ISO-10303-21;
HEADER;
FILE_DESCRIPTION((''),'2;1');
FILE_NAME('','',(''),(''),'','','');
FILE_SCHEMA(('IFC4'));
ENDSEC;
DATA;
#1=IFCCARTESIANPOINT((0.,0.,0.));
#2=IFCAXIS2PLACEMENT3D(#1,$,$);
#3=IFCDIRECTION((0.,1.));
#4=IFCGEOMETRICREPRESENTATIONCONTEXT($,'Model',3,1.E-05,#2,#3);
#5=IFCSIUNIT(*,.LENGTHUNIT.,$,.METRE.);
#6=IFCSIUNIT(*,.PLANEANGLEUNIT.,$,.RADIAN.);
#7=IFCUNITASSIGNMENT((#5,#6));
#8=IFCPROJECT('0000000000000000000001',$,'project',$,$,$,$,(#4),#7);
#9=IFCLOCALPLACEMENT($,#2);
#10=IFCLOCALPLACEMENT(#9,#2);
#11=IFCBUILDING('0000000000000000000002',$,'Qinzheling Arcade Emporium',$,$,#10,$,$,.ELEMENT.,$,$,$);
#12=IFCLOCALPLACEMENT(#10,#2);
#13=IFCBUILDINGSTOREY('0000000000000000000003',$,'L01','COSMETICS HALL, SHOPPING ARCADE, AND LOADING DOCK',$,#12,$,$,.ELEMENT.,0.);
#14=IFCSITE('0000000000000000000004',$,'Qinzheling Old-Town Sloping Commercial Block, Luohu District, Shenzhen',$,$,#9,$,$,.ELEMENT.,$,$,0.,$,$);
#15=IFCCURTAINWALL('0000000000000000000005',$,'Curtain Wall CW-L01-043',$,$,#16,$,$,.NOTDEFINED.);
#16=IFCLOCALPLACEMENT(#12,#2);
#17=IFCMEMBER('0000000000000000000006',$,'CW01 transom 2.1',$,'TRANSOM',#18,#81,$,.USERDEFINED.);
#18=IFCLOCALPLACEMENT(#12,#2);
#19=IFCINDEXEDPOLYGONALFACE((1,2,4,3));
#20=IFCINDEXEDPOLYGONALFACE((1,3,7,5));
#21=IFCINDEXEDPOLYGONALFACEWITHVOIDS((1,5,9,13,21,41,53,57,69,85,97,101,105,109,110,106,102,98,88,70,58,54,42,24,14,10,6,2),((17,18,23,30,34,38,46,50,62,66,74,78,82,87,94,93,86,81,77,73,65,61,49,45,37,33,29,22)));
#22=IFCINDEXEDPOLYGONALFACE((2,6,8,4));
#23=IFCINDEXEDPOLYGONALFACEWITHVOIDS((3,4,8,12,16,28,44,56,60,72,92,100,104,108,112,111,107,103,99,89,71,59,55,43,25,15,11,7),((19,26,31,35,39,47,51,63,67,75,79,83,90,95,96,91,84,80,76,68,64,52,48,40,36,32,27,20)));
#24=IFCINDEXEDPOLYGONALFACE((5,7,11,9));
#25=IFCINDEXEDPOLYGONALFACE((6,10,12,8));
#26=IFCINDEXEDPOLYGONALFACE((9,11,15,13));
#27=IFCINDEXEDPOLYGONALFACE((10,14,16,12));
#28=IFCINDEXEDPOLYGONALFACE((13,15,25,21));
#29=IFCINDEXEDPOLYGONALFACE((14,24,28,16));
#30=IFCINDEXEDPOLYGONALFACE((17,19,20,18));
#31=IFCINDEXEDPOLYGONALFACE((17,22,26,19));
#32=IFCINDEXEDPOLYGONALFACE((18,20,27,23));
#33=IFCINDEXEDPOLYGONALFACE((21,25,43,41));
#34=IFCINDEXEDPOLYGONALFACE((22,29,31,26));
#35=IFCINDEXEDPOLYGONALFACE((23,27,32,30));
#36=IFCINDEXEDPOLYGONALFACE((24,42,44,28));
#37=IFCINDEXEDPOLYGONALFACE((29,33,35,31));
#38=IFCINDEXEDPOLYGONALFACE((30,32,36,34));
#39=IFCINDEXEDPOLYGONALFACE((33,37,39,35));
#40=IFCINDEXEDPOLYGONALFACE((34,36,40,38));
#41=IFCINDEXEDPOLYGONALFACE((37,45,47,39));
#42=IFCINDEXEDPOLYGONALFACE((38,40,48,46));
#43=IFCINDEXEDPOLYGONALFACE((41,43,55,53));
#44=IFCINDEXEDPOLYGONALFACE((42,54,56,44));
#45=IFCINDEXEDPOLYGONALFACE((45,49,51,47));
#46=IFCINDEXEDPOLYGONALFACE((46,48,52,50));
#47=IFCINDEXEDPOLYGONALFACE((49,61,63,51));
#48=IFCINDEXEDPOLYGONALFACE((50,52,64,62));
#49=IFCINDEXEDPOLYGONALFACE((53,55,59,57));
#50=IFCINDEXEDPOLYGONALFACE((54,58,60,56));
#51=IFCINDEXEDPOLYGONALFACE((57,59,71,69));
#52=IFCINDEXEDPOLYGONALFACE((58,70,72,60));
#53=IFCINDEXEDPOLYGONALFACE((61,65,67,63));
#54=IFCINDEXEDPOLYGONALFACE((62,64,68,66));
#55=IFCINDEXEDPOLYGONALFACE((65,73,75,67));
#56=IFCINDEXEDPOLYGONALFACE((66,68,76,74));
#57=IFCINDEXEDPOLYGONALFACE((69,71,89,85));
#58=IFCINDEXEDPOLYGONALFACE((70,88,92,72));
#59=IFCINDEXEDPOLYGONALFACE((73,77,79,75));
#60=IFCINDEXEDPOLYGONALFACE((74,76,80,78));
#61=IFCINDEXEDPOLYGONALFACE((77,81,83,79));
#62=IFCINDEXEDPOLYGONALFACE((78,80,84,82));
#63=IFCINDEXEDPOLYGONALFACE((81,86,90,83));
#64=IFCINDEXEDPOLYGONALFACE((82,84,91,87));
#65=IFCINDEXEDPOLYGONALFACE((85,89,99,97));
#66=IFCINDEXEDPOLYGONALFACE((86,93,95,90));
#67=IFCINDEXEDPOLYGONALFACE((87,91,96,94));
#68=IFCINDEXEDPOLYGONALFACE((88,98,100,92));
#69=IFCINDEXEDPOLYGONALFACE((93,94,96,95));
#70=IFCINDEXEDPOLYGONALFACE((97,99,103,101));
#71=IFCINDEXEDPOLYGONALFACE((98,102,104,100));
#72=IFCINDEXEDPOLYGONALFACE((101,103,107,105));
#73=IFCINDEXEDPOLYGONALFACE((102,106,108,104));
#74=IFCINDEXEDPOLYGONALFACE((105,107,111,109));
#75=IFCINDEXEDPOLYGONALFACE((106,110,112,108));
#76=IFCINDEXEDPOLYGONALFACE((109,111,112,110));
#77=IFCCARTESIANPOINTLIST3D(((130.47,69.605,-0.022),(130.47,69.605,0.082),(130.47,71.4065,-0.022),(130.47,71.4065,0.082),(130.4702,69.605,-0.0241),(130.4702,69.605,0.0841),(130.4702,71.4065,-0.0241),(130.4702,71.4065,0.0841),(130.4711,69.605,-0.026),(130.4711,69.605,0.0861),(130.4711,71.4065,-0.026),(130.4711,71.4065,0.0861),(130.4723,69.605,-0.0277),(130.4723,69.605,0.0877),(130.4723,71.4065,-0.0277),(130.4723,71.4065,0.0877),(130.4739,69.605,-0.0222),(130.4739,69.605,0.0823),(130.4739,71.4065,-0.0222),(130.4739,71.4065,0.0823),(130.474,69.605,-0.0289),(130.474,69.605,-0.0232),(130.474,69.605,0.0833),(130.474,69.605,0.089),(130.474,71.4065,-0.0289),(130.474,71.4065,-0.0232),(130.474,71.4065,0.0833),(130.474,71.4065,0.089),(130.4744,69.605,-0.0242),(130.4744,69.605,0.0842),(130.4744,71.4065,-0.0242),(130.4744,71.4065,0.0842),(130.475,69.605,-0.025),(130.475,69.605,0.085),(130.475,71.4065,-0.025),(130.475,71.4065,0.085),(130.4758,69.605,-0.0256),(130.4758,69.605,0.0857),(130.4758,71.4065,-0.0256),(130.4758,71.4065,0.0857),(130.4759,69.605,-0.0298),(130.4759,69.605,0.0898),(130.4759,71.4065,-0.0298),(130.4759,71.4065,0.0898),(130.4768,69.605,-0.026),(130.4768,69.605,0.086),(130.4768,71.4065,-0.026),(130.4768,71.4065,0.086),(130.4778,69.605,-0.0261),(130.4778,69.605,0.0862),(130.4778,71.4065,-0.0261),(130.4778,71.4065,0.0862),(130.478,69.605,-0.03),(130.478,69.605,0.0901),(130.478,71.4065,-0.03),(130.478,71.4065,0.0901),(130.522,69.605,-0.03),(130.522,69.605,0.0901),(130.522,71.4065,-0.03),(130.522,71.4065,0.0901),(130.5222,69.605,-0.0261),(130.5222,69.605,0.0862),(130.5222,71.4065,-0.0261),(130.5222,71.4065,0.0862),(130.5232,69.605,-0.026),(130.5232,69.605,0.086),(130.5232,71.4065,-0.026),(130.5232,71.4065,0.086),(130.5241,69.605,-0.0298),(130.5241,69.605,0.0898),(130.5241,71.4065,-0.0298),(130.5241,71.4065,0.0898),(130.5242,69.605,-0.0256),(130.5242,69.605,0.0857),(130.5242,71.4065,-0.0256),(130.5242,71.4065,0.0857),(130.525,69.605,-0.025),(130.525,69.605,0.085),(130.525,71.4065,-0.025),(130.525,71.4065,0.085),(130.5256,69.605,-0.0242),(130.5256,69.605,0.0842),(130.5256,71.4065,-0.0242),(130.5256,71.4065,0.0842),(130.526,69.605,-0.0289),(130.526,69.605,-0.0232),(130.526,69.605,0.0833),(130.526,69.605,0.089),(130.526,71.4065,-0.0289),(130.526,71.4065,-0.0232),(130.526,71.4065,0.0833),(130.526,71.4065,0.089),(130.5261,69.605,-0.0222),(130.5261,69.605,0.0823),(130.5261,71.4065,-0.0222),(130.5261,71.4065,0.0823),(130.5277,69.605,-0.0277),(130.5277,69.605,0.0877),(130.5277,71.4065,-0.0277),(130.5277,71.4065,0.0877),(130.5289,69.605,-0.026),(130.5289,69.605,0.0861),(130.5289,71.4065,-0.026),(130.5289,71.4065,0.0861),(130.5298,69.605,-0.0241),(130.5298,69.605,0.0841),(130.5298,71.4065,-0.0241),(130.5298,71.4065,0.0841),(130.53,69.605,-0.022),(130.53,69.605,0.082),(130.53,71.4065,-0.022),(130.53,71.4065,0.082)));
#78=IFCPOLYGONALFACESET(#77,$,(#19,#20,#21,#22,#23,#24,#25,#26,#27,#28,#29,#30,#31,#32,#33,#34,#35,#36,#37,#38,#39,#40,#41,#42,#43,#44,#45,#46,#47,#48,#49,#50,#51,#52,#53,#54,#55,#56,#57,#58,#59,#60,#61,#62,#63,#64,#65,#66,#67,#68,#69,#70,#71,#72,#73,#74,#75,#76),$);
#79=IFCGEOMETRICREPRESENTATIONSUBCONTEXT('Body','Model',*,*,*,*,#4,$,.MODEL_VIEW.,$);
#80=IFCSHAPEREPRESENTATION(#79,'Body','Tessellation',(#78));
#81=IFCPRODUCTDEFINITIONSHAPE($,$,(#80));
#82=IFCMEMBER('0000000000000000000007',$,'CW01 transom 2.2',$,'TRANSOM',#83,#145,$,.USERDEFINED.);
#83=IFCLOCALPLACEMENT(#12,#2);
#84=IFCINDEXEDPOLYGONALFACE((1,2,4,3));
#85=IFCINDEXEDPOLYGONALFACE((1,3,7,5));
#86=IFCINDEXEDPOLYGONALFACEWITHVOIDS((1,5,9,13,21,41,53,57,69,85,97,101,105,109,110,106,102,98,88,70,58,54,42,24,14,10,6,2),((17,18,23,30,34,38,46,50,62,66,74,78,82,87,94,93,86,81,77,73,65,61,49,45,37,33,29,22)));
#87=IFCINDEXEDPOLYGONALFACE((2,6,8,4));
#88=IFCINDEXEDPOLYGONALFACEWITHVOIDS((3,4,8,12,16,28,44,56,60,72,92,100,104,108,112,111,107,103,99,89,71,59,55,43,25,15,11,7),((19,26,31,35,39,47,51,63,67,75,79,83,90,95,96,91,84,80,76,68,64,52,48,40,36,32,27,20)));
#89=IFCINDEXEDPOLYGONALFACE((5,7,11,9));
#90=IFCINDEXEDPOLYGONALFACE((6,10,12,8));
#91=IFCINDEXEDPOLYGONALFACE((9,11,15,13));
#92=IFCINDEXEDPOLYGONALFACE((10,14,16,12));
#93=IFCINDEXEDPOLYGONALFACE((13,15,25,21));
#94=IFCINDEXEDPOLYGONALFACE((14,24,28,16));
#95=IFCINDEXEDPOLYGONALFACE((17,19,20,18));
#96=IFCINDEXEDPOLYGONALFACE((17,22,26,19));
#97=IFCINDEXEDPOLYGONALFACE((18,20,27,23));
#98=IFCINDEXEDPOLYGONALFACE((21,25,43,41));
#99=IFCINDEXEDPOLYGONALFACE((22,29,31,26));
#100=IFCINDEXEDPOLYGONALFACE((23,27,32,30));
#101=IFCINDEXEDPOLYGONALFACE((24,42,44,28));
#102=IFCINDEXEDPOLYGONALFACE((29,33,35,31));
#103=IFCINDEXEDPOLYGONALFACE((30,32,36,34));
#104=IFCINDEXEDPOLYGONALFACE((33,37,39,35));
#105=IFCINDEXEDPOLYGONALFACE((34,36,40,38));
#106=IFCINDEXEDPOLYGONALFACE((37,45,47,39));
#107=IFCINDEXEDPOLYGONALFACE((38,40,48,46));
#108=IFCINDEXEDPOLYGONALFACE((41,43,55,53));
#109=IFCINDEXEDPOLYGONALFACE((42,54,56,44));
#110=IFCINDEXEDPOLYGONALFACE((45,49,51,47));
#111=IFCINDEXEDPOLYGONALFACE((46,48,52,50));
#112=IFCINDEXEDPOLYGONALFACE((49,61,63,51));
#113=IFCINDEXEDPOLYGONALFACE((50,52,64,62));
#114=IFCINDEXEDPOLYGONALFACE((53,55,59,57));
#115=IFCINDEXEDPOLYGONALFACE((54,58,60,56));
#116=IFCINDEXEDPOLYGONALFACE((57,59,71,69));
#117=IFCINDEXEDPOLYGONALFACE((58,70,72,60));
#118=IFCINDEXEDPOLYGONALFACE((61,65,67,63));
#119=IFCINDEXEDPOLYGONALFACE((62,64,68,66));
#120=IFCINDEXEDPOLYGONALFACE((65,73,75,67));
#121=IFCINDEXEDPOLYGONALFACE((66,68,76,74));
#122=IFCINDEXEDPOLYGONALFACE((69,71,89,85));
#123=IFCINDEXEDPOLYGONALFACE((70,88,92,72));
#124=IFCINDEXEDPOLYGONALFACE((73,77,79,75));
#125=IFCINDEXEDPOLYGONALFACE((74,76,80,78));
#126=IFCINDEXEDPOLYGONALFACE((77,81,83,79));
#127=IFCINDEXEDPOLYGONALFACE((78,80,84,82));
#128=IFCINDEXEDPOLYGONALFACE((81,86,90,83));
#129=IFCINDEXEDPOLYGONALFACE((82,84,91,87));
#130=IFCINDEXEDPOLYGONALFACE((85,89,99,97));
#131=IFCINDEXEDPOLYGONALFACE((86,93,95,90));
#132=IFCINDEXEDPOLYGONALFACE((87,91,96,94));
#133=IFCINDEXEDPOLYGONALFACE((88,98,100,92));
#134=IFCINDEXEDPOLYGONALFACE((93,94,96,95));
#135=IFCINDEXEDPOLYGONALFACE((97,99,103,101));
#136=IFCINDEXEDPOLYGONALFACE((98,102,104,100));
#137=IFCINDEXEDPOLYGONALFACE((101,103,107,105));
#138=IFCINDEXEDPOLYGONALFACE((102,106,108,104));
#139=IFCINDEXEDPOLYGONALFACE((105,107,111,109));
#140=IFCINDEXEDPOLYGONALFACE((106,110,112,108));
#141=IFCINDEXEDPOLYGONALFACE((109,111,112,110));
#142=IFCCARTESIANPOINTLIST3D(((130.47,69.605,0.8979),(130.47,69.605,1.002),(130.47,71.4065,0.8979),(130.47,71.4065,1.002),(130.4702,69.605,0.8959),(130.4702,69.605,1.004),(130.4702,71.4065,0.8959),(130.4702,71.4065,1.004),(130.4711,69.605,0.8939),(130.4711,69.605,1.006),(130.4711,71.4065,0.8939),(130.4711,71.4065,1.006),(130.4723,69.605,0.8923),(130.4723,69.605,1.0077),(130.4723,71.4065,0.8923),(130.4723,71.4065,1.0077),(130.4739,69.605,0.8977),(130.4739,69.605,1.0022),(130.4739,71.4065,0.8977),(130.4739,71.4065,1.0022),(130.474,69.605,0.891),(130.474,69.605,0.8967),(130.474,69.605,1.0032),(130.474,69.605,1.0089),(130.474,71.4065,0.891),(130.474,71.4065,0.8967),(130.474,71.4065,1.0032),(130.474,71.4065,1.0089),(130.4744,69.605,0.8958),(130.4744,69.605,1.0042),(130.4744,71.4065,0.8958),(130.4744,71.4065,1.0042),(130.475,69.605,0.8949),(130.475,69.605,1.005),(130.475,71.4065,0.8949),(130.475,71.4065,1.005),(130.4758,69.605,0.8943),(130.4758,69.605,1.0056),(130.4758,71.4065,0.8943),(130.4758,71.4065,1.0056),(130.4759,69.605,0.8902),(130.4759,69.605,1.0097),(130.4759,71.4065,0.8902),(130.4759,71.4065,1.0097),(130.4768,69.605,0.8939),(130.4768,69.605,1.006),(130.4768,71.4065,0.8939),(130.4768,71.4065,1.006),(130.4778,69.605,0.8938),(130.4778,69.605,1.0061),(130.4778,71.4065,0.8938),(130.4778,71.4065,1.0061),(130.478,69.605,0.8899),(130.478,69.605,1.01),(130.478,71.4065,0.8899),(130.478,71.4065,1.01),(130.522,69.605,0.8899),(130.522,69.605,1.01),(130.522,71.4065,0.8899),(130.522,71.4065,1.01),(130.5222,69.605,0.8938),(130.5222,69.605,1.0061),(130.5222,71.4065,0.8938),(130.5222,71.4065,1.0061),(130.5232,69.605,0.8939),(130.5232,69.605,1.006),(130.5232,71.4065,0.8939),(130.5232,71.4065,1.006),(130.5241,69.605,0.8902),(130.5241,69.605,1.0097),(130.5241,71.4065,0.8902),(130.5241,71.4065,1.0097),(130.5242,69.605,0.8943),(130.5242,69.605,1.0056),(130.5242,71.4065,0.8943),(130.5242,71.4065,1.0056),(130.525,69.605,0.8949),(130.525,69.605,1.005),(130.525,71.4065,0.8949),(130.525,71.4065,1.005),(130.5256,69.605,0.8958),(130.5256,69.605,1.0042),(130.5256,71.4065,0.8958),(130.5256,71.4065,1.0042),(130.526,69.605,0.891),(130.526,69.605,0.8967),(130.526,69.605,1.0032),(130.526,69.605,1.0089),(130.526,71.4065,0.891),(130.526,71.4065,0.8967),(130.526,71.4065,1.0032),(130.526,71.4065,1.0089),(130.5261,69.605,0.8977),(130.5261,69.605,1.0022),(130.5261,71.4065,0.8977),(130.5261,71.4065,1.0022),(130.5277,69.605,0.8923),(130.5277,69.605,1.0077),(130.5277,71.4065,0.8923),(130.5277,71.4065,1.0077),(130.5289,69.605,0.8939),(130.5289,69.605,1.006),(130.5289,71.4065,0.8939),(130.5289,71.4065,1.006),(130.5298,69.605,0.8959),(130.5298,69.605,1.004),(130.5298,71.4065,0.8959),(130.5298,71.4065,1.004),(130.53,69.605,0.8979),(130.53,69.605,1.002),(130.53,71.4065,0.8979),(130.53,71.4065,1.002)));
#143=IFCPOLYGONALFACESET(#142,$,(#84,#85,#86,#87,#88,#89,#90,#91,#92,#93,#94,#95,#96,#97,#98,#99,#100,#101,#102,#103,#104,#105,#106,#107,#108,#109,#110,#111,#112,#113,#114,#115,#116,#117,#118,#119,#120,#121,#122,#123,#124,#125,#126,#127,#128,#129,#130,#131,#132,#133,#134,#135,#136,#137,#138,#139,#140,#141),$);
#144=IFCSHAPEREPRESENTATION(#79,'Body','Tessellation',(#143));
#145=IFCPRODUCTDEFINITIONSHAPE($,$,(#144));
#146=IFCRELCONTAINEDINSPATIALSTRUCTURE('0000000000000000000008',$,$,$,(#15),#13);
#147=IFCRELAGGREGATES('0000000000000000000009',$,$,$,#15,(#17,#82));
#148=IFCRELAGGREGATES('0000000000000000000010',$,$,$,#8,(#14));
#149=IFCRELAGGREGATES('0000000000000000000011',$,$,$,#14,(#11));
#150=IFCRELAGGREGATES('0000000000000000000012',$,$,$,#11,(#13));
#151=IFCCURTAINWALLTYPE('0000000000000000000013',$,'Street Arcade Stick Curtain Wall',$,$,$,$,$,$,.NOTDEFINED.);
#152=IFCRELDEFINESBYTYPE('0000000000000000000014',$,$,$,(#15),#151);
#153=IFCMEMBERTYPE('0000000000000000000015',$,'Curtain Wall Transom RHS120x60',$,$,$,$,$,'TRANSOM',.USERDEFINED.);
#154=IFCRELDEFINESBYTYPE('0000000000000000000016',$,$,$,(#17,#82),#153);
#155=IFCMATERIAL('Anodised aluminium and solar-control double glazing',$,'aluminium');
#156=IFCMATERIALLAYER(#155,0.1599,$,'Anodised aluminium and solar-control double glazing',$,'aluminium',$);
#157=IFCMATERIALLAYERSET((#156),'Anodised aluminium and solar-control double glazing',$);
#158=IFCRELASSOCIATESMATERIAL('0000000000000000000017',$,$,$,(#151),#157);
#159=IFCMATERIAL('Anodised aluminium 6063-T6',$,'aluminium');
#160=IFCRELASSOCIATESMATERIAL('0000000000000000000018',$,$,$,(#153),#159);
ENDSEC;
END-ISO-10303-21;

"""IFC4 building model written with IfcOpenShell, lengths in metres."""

from ifc_helpers import new_model, si_unit, direction, frame, origin, origin_2d, place, context, subcontext, project, spatial, hollow_rectangle, extrude, material, layer, layer_set, material_profile, profile_set, type_object, element, aggregate, save


model = new_model("IFC4")

# Units and contexts
model_context = context("Model", 3, precision=1e-05, world=origin(), true_north=direction((0.0, 1.0)))
body_context = subcontext(model_context, "Body", "Model", "MODEL_VIEW")
ifc_project = project(units=[si_unit("LENGTHUNIT", "METRE"), si_unit("PLANEANGLEUNIT", "RADIAN")], contexts=[model_context])

# Site, building, storey
site_placement = place(None, origin())
site = spatial("IfcSite", under=ifc_project, at=site_placement, Name="Qinzheling Old-Town Sloping Commercial Block, Luohu District, Shenzhen", CompositionType="ELEMENT", RefElevation=0.0)
building_placement = place(site_placement, origin())
building = spatial("IfcBuilding", under=site, at=building_placement, Name="Qinzheling Arcade Emporium", CompositionType="ELEMENT")
storey_placement = place(building_placement, origin())
storey = spatial("IfcBuildingStorey", under=building, at=storey_placement, Name="L01", Description="COSMETICS HALL, SHOPPING ARCADE, AND LOADING DOCK", CompositionType="ELEMENT", Elevation=0.0)

# Curtain wall, members
ifc_material_1 = material(Name="Anodised aluminium and solar-control double glazing", Category="aluminium")
ifc_layer_1 = layer(ifc_material_1, 0.1599, Name="Anodised aluminium and solar-control double glazing", Category="aluminium")
ifc_layer_set_1 = layer_set([ifc_layer_1], Name="Anodised aluminium and solar-control double glazing")
curtain_wall_type = type_object("IfcCurtainWallType", Name="Street Arcade Stick Curtain Wall", PredefinedType="NOTDEFINED", material=ifc_layer_set_1)
curtain_wall_placement = place(storey_placement, origin())
curtain_wall = element("IfcCurtainWall", 1, at=curtain_wall_placement, inside=storey, type_object=curtain_wall_type, Name="Curtain Wall CW-L01-043", PredefinedType="NOTDEFINED")
ifc_material_2 = material(Name="Anodised aluminium 6063-T6", Category="aluminium")
ifc_material_profile_1 = material_profile(ifc_material_2, hollow_rectangle(XDim=0.0601, YDim=0.1201, WallThickness=0.0039, InnerFilletRadius=0.0039, OuterFilletRadius=0.0081, at=origin_2d()), Name="RHS 120x60x4", Category="aluminium")
ifc_profile_set_1 = profile_set([ifc_material_profile_1], Name="Anodised aluminium 6063-T6")
member_type_1 = type_object("IfcMemberType", Name="Curtain Wall Transom RHS120x60", ElementType="TRANSOM", PredefinedType="USERDEFINED", material=ifc_profile_set_1)
member_1_placement = place(storey_placement, frame((130.5, 71.4065, 0.03), z_axis=(0.0, -1.0, 0.0), x_axis=(1.0, 0.0, 0.0)))
member_1 = element("IfcMember", 2, at=member_1_placement, type_object=member_type_1, Name="CW01 transom 2.1", ObjectType="TRANSOM", PredefinedType="USERDEFINED", context=body_context, shape_type="SweptSolid", body=[
    extrude(hollow_rectangle(XDim=0.0601, YDim=0.1201, WallThickness=0.0039, InnerFilletRadius=0.0039, OuterFilletRadius=0.0081, at=origin_2d()), origin(), (0.0, 0.0, 1.0), 1.8015),
])
member_2_placement = place(storey_placement, frame((130.5, 71.4065, 0.95), z_axis=(0.0, -1.0, 0.0), x_axis=(1.0, 0.0, 0.0)))
member_2 = element("IfcMember", 3, at=member_2_placement, type_object=member_type_1, Name="CW01 transom 2.2", ObjectType="TRANSOM", PredefinedType="USERDEFINED", context=body_context, shape_type="SweptSolid", body=[
    extrude(hollow_rectangle(XDim=0.0601, YDim=0.1201, WallThickness=0.0039, InnerFilletRadius=0.0039, OuterFilletRadius=0.0081, at=origin_2d()), origin(), (0.0, 0.0, 1.0), 1.8015),
])
aggregate(curtain_wall, [member_1, member_2])

save(model, "model.ifc")
